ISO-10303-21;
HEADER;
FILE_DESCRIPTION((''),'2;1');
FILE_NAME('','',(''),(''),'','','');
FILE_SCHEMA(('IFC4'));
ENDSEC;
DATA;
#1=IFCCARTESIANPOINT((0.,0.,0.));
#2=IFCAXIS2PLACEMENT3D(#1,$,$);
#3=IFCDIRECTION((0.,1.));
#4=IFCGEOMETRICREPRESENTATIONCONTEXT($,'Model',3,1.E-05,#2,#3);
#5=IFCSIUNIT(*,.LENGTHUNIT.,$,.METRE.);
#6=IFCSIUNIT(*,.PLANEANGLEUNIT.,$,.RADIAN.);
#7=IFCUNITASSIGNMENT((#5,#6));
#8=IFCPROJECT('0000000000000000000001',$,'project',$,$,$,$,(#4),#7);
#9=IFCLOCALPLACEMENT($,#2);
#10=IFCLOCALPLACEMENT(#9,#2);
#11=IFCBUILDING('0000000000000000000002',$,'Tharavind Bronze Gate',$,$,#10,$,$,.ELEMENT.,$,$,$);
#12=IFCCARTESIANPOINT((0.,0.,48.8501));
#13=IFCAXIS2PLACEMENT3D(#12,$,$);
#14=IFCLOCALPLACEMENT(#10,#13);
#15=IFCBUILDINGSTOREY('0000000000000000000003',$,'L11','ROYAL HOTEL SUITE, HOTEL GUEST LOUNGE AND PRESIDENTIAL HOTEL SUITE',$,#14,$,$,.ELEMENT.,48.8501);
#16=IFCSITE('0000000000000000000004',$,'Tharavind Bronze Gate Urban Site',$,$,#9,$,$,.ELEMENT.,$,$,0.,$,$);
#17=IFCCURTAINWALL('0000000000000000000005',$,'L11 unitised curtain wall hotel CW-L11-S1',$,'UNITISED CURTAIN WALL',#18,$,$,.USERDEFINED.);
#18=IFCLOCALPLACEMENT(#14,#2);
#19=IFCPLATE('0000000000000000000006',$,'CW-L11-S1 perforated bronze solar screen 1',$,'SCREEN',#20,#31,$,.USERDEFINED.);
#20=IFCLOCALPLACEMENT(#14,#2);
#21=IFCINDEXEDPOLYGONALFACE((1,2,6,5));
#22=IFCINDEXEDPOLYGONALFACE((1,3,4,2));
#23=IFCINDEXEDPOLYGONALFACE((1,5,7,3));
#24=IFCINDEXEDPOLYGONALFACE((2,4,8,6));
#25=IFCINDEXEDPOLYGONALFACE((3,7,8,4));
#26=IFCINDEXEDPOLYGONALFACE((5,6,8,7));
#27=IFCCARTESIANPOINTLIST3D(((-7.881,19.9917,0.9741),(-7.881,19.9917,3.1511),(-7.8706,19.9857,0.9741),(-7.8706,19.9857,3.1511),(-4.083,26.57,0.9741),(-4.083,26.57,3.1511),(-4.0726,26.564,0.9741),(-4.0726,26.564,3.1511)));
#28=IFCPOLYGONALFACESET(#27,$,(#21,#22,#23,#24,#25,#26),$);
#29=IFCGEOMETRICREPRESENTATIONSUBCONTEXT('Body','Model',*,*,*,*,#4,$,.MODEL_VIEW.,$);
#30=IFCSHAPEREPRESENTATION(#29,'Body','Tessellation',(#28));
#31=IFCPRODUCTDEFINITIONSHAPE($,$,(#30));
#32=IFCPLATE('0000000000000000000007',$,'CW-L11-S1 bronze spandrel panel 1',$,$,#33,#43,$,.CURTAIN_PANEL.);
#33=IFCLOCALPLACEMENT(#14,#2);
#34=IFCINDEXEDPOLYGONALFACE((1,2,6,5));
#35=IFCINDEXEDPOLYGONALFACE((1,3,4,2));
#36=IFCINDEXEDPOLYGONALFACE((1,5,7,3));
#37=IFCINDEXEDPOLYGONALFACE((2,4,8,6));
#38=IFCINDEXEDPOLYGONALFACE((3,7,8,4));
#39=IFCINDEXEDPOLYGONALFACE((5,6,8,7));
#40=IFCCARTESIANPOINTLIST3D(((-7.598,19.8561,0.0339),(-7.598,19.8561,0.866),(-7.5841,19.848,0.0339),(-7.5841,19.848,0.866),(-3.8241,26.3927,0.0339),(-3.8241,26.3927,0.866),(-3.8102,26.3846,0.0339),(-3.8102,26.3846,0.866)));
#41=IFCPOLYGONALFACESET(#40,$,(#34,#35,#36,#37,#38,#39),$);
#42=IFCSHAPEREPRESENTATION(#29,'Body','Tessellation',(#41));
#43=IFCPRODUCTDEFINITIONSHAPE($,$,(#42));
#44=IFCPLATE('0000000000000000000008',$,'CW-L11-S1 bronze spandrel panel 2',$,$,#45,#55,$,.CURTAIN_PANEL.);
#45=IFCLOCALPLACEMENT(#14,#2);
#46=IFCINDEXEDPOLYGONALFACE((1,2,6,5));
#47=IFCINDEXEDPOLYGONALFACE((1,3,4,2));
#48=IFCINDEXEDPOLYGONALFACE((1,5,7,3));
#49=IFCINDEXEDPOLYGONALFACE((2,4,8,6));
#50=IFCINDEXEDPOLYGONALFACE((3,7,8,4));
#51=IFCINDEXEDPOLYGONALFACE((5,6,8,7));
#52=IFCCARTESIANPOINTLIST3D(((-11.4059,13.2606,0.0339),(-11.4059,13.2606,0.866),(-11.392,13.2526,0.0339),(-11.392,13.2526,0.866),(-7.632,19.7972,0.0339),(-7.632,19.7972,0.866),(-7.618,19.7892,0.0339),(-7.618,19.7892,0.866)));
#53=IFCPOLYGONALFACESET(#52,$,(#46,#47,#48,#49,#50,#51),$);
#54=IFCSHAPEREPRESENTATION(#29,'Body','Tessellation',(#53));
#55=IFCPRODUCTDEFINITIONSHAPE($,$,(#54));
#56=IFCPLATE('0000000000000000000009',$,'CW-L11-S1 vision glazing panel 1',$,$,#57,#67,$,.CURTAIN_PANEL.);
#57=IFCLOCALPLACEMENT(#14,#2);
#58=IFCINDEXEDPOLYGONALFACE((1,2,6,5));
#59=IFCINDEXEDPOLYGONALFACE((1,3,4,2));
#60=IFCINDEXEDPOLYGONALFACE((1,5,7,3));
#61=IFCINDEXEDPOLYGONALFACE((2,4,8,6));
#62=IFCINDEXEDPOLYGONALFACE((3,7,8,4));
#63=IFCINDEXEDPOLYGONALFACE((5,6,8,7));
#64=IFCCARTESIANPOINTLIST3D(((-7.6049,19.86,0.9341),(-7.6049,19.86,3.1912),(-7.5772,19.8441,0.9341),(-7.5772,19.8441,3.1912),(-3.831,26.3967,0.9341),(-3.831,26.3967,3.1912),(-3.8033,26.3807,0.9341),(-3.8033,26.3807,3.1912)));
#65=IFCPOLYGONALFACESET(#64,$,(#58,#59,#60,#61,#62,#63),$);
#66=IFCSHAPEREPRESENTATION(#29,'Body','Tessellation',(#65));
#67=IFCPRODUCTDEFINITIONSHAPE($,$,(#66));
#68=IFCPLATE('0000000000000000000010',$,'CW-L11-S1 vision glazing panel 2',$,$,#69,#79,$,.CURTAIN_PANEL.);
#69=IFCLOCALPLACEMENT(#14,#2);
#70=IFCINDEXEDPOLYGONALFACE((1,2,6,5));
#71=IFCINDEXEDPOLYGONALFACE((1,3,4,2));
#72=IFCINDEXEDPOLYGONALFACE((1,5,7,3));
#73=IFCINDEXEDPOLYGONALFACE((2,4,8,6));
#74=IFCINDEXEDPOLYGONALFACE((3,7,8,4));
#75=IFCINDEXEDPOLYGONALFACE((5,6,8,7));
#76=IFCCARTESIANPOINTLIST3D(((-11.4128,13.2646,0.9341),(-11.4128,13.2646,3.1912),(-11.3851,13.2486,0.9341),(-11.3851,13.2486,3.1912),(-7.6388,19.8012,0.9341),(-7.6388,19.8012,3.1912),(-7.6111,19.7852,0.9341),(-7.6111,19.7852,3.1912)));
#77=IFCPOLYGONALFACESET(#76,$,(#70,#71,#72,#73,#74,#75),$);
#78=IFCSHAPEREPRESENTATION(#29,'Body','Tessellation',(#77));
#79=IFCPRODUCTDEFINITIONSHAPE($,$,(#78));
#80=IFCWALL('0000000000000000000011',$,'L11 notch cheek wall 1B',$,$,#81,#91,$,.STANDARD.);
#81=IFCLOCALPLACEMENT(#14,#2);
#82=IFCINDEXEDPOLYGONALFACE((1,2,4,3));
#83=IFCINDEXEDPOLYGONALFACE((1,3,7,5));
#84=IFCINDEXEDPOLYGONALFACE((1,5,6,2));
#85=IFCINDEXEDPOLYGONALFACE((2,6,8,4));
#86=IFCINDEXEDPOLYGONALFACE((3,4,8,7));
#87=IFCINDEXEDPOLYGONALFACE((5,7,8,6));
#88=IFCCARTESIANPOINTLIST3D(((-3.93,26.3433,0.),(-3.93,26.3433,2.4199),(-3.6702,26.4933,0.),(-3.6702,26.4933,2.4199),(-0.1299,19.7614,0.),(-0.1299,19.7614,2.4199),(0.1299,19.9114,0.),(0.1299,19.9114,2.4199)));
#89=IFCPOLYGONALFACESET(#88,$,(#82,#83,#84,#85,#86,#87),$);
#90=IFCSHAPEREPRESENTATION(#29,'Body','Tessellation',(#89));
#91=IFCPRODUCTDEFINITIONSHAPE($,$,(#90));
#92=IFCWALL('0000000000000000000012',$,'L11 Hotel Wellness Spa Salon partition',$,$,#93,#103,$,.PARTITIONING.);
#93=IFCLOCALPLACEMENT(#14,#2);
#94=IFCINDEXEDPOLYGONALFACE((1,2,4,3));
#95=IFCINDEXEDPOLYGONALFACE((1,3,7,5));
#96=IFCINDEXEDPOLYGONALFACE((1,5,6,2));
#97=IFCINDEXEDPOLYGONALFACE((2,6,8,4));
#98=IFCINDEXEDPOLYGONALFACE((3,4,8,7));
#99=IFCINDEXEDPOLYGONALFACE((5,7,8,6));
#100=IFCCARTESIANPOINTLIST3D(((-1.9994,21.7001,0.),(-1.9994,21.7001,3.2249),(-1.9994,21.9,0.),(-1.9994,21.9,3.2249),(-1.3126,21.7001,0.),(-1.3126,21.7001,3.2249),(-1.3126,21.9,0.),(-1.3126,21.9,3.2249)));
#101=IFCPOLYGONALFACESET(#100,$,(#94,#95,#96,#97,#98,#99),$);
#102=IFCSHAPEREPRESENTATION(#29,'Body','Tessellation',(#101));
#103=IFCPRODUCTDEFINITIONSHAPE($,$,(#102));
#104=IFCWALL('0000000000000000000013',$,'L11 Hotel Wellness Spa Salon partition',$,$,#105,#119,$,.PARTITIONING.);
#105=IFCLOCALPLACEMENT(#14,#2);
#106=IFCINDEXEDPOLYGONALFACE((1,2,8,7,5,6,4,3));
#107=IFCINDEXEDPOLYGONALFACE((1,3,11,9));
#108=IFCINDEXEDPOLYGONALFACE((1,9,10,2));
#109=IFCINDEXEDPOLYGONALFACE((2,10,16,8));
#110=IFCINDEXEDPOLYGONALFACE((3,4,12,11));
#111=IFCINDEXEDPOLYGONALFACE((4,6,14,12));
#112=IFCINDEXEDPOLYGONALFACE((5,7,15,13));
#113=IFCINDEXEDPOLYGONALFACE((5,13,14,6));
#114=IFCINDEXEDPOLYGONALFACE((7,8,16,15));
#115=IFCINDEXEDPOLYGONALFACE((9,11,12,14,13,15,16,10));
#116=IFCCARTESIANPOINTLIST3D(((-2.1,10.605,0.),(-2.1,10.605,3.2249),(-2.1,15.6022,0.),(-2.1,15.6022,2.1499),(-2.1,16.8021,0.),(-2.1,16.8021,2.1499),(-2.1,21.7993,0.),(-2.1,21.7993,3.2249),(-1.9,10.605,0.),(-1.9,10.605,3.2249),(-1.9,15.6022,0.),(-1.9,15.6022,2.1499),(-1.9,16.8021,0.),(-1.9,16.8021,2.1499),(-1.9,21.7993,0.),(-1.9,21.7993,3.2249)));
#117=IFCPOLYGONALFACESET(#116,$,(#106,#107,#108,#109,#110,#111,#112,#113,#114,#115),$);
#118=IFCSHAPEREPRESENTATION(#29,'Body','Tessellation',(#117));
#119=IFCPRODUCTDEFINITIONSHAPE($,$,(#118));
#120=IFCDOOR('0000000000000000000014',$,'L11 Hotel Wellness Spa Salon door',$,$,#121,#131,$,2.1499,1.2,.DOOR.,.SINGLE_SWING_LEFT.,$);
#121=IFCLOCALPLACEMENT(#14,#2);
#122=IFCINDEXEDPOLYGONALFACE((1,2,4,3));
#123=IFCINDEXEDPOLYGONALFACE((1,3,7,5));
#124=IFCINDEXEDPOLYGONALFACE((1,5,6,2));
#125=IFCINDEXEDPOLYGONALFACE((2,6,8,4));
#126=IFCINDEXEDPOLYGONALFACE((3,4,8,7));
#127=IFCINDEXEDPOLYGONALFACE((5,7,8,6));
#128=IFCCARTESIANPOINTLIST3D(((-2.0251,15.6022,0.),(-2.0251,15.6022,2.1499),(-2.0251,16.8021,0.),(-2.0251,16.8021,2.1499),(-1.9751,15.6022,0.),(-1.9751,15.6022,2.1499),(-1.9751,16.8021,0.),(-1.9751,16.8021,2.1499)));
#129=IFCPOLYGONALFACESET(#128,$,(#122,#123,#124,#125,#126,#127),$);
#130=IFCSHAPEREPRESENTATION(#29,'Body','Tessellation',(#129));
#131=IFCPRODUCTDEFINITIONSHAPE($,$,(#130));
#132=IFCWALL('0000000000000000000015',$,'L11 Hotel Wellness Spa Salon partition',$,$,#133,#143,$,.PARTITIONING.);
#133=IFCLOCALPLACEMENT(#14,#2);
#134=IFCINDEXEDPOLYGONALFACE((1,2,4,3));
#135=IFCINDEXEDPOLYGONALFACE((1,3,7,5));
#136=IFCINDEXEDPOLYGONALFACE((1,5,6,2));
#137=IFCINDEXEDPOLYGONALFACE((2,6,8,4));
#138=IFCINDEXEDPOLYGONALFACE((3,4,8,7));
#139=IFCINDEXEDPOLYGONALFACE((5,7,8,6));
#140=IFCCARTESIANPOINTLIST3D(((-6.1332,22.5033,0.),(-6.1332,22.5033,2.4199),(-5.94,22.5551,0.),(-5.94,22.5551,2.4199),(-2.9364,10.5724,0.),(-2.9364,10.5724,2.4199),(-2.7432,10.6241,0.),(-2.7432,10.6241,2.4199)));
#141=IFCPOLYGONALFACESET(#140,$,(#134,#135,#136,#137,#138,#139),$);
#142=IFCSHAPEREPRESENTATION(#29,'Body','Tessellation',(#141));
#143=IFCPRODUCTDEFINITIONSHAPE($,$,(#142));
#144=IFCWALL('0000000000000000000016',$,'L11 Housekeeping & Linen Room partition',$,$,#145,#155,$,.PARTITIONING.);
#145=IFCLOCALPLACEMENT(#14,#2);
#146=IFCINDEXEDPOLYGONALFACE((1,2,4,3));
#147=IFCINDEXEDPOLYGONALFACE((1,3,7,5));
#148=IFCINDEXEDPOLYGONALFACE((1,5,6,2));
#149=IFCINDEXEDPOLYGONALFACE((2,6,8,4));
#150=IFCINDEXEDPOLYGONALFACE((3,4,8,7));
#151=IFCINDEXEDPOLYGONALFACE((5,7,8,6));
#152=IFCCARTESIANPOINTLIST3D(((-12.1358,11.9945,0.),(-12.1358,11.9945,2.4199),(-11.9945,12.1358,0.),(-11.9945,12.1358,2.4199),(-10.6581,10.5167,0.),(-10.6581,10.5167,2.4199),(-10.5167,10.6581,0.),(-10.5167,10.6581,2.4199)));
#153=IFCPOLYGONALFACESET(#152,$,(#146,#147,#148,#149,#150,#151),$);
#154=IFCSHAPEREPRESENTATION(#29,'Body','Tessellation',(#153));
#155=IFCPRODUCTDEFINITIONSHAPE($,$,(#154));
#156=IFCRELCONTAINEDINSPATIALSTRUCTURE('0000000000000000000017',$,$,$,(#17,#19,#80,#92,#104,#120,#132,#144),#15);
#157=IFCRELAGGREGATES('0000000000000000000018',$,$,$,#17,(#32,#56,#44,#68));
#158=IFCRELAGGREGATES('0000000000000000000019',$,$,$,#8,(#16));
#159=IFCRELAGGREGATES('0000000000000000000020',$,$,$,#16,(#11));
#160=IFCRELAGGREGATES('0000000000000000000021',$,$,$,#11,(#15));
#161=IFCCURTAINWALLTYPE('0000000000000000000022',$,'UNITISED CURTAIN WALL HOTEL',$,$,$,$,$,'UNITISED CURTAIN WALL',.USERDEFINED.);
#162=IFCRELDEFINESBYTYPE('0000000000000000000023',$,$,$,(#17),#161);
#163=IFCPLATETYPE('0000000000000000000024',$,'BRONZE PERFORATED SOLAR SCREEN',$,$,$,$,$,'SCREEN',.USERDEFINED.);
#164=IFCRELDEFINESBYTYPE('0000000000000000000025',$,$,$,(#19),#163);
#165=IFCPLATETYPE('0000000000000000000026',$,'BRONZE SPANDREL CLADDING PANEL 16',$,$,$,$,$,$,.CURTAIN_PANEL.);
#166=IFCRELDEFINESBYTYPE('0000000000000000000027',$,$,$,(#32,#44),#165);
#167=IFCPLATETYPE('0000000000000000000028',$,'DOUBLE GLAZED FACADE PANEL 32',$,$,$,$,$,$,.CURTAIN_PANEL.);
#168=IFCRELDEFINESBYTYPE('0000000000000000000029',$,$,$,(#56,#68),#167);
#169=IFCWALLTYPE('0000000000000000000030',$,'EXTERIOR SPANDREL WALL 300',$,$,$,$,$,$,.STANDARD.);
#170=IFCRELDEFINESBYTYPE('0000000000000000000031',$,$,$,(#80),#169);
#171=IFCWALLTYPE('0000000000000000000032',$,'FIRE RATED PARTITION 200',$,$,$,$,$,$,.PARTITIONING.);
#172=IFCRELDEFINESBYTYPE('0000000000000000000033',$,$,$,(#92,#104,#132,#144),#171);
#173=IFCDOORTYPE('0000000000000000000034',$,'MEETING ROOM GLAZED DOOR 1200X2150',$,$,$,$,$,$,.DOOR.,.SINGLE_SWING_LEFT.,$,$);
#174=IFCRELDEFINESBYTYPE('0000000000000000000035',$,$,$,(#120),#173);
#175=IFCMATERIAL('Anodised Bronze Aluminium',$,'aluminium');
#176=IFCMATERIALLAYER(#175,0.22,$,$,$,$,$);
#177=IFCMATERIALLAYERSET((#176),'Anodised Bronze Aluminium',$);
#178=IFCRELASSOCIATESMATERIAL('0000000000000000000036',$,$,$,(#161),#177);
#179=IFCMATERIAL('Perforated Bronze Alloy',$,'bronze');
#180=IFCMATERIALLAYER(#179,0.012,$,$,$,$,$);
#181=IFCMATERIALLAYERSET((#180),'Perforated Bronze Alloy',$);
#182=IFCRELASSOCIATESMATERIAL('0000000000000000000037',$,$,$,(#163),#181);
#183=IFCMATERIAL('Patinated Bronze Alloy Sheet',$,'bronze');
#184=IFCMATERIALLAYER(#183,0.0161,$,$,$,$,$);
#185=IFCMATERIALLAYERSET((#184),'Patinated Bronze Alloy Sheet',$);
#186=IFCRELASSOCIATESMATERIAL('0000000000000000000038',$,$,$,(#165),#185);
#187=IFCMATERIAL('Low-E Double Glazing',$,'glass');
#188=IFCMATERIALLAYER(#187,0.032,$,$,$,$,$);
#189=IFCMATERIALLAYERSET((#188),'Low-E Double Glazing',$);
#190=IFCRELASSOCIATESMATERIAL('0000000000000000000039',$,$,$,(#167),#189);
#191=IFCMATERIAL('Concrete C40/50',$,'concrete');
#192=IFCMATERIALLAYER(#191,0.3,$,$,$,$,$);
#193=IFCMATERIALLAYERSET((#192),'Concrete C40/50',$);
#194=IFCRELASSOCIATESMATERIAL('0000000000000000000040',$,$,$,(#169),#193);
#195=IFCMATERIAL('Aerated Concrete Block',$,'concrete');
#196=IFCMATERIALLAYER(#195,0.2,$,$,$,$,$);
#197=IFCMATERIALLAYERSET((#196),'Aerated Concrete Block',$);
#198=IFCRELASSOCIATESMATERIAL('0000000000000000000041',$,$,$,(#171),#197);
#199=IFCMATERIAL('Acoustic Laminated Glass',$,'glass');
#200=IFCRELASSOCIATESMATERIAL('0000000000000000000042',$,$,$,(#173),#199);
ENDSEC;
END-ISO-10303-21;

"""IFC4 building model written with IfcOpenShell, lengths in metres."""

from ifc_helpers import new_model, si_unit, direction, frame, frame_2d, origin, origin_2d, place, context, subcontext, project, spatial, rectangle, extrude, material, layer, layer_set, type_object, element, fill, aggregate, save


model = new_model("IFC4")

# Units and contexts
model_context = context("Model", 3, precision=1e-05, world=origin(), true_north=direction((0.0, 1.0)))
body_context = subcontext(model_context, "Body", "Model", "MODEL_VIEW")
ifc_project = project(units=[si_unit("LENGTHUNIT", "METRE"), si_unit("PLANEANGLEUNIT", "RADIAN")], contexts=[model_context])

# Site, building, storey
site_placement = place(None, origin())
site = spatial("IfcSite", under=ifc_project, at=site_placement, Name="Tharavind Bronze Gate Urban Site", CompositionType="ELEMENT", RefElevation=0.0)
building_placement = place(site_placement, origin())
building = spatial("IfcBuilding", under=site, at=building_placement, Name="Tharavind Bronze Gate", CompositionType="ELEMENT")
storey_placement = place(building_placement, frame((0.0, 0.0, 48.8501)))
storey = spatial("IfcBuildingStorey", under=building, at=storey_placement, Name="L11", Description="ROYAL HOTEL SUITE, HOTEL GUEST LOUNGE AND PRESIDENTIAL HOTEL SUITE", CompositionType="ELEMENT", Elevation=48.8501)

# Curtain wall
ifc_material_1 = material(Name="Anodised Bronze Aluminium", Category="aluminium")
ifc_layer_1 = layer(ifc_material_1, 0.22)
ifc_layer_set_1 = layer_set([ifc_layer_1], Name="Anodised Bronze Aluminium")
curtain_wall_type = type_object("IfcCurtainWallType", Name="UNITISED CURTAIN WALL HOTEL", ElementType="UNITISED CURTAIN WALL", PredefinedType="USERDEFINED", material=ifc_layer_set_1)
curtain_wall_placement = place(storey_placement, origin())
curtain_wall = element("IfcCurtainWall", 1, at=curtain_wall_placement, inside=storey, type_object=curtain_wall_type, Name="L11 unitised curtain wall hotel CW-L11-S1", ObjectType="UNITISED CURTAIN WALL", PredefinedType="USERDEFINED")

# Plates
ifc_material_2 = material(Name="Perforated Bronze Alloy", Category="bronze")
ifc_layer_2 = layer(ifc_material_2, 0.012)
ifc_layer_set_2 = layer_set([ifc_layer_2], Name="Perforated Bronze Alloy")
plate_type_1 = type_object("IfcPlateType", Name="BRONZE PERFORATED SOLAR SCREEN", ElementType="SCREEN", PredefinedType="USERDEFINED", material=ifc_layer_set_2)
plate_1_placement = place(storey_placement, frame((-5.9768, 23.2778, 0.9741), z_axis=(0.0, 0.0, 1.0), x_axis=(-0.500002, -0.866025, 0.0)))
element("IfcPlate", 2, at=plate_1_placement, inside=storey, type_object=plate_type_1, Name="CW-L11-S1 perforated bronze solar screen 1", ObjectType="SCREEN", PredefinedType="USERDEFINED", context=body_context, shape_type="SweptSolid", body=[
    extrude(rectangle(XDim=7.5959, YDim=0.012, at=origin_2d()), origin(), (0.0, 0.0, 1.0), 2.177),
])
ifc_material_3 = material(Name="Patinated Bronze Alloy Sheet", Category="bronze")
ifc_layer_3 = layer(ifc_material_3, 0.0161)
ifc_layer_set_3 = layer_set([ifc_layer_3], Name="Patinated Bronze Alloy Sheet")
plate_type_2 = type_object("IfcPlateType", Name="BRONZE SPANDREL CLADDING PANEL 16", PredefinedType="CURTAIN_PANEL", material=ifc_layer_set_3)
plate_2_placement = place(storey_placement, frame((-5.7041, 23.1204, 0.0339), z_axis=(0.0, 0.0, 1.0), x_axis=(-0.500002, -0.866025, 0.0)))
plate_2 = element("IfcPlate", 3, at=plate_2_placement, type_object=plate_type_2, Name="CW-L11-S1 bronze spandrel panel 1", PredefinedType="CURTAIN_PANEL", context=body_context, shape_type="SweptSolid", body=[
    extrude(rectangle(XDim=7.5479, YDim=0.0161, at=origin_2d()), origin(), (0.0, 0.0, 1.0), 0.832),
])
plate_3_placement = place(storey_placement, frame((-9.512, 16.5249, 0.0339), z_axis=(0.0, 0.0, 1.0), x_axis=(-0.500002, -0.866025, 0.0)))
plate_3 = element("IfcPlate", 4, at=plate_3_placement, type_object=plate_type_2, Name="CW-L11-S1 bronze spandrel panel 2", PredefinedType="CURTAIN_PANEL", context=body_context, shape_type="SweptSolid", body=[
    extrude(rectangle(XDim=7.5479, YDim=0.0161, at=origin_2d()), origin(), (0.0, 0.0, 1.0), 0.832),
])
ifc_material_4 = material(Name="Low-E Double Glazing", Category="glass")
ifc_layer_4 = layer(ifc_material_4, 0.032)
ifc_layer_set_4 = layer_set([ifc_layer_4], Name="Low-E Double Glazing")
plate_type_3 = type_object("IfcPlateType", Name="DOUBLE GLAZED FACADE PANEL 32", PredefinedType="CURTAIN_PANEL", material=ifc_layer_set_4)
plate_4_placement = place(storey_placement, frame((-5.7041, 23.1204, 0.9341), z_axis=(0.0, 0.0, 1.0), x_axis=(-0.500002, -0.866025, 0.0)))
plate_4 = element("IfcPlate", 5, at=plate_4_placement, type_object=plate_type_3, Name="CW-L11-S1 vision glazing panel 1", PredefinedType="CURTAIN_PANEL", context=body_context, shape_type="SweptSolid", body=[
    extrude(rectangle(XDim=7.5479, YDim=0.032, at=origin_2d()), origin(), (0.0, 0.0, 1.0), 2.2571),
])
plate_5_placement = place(storey_placement, frame((-9.512, 16.5249, 0.9341), z_axis=(0.0, 0.0, 1.0), x_axis=(-0.500002, -0.866025, 0.0)))
plate_5 = element("IfcPlate", 6, at=plate_5_placement, type_object=plate_type_3, Name="CW-L11-S1 vision glazing panel 2", PredefinedType="CURTAIN_PANEL", context=body_context, shape_type="SweptSolid", body=[
    extrude(rectangle(XDim=7.5479, YDim=0.032, at=origin_2d()), origin(), (0.0, 0.0, 1.0), 2.2571),
])
aggregate(curtain_wall, [plate_2, plate_4, plate_3, plate_5])

# Walls
ifc_material_5 = material(Name="Concrete C40/50", Category="concrete")
ifc_layer_5 = layer(ifc_material_5, 0.3)
ifc_layer_set_5 = layer_set([ifc_layer_5], Name="Concrete C40/50")
wall_type_1 = type_object("IfcWallType", Name="EXTERIOR SPANDREL WALL 300", PredefinedType="STANDARD", material=ifc_layer_set_5)
wall_1_placement = place(storey_placement, frame((0.0, 19.8364, 0.0), z_axis=(0.0, 0.0, 1.0), x_axis=(-0.500005, 0.866022, 0.0)))
element("IfcWall", 7, at=wall_1_placement, inside=storey, type_object=wall_type_1, Name="L11 notch cheek wall 1B", PredefinedType="STANDARD", context=body_context, shape_type="SweptSolid", body=[
    extrude(rectangle(XDim=7.6001, YDim=0.3, at=frame_2d((3.8, 0.0))), origin(), (0.0, 0.0, 1.0), 2.4199),
])
ifc_material_6 = material(Name="Aerated Concrete Block", Category="concrete")
ifc_layer_6 = layer(ifc_material_6, 0.2)
ifc_layer_set_6 = layer_set([ifc_layer_6], Name="Aerated Concrete Block")
wall_type_2 = type_object("IfcWallType", Name="FIRE RATED PARTITION 200", PredefinedType="PARTITIONING", material=ifc_layer_set_6)
wall_2_placement = place(storey_placement, frame((-1.3127, 21.8, 0.0), z_axis=(0.0, 0.0, 1.0), x_axis=(-1.0, 0.0, 0.0)))
element("IfcWall", 8, at=wall_2_placement, inside=storey, type_object=wall_type_2, Name="L11 Hotel Wellness Spa Salon partition", PredefinedType="PARTITIONING", context=body_context, shape_type="SweptSolid", body=[
    extrude(rectangle(XDim=0.6868, YDim=0.2, at=frame_2d((0.3433, 0.0))), origin(), (0.0, 0.0, 1.0), 3.2249),
])

# Wall, opening, door
wall_3_placement = place(storey_placement, frame((-2.0, 21.7993, 0.0), z_axis=(0.0, 0.0, 1.0), x_axis=(0.0, -1.0, 0.0)))
wall_3 = element("IfcWall", 9, at=wall_3_placement, inside=storey, type_object=wall_type_2, Name="L11 Hotel Wellness Spa Salon partition", PredefinedType="PARTITIONING", context=body_context, shape_type="SweptSolid", body=[
    extrude(rectangle(XDim=11.1943, YDim=0.2, at=frame_2d((5.5972, 0.0))), origin(), (0.0, 0.0, 1.0), 3.2249),
])
opening_placement = place(wall_3_placement, frame((4.9971, 0.0, 0.0)))
opening = element("IfcOpeningElement", 10, at=opening_placement, cuts=wall_3, PredefinedType="OPENING", context=body_context, shape_type="SweptSolid", body=[
    extrude(rectangle(XDim=1.2, YDim=2.1499, at=frame_2d((0.6001, 1.075))), frame((0.0, 0.1101, 0.0), z_axis=(0.0, -1.0, 0.0), x_axis=(1.0, 0.0, 0.0)), (0.0, 0.0, 1.0), 0.22),
])
ifc_material_7 = material(Name="Acoustic Laminated Glass", Category="glass")
door_type = type_object("IfcDoorType", Name="MEETING ROOM GLAZED DOOR 1200X2150", OperationType="SINGLE_SWING_LEFT", PredefinedType="DOOR", material=ifc_material_7)
door_placement = place(opening_placement, origin())
door = element("IfcDoor", 11, at=door_placement, inside=storey, type_object=door_type, Name="L11 Hotel Wellness Spa Salon door", OperationType="SINGLE_SWING_LEFT", OverallHeight=2.1499, OverallWidth=1.2, PredefinedType="DOOR", context=body_context, shape_type="SweptSolid", body=[
    extrude(rectangle(XDim=1.2, YDim=2.1499, at=frame_2d((0.6001, 1.075))), frame((0.0, 0.0249, 0.0), z_axis=(0.0, -1.0, 0.0), x_axis=(1.0, 0.0, 0.0)), (0.0, 0.0, 1.0), 0.05),
])
fill(opening, door)

# Walls
wall_4_placement = place(storey_placement, frame((-2.8398, 10.5984, 0.0), z_axis=(0.0, 0.0, 1.0), x_axis=(-0.258812, 0.965928, 0.0)))
element("IfcWall", 12, at=wall_4_placement, inside=storey, type_object=wall_type_2, Name="L11 Hotel Wellness Spa Salon partition", PredefinedType="PARTITIONING", context=body_context, shape_type="SweptSolid", body=[
    extrude(rectangle(XDim=12.3518, YDim=0.2, at=frame_2d((6.1758, 0.0))), origin(), (0.0, 0.0, 1.0), 2.4199),
])
wall_5_placement = place(storey_placement, frame((-10.5874, 10.5874, 0.0), z_axis=(0.0, 0.0, 1.0), x_axis=(-0.707107, 0.707107, 0.0)))
element("IfcWall", 13, at=wall_5_placement, inside=storey, type_object=wall_type_2, Name="L11 Housekeeping & Linen Room partition", PredefinedType="PARTITIONING", context=body_context, shape_type="SweptSolid", body=[
    extrude(rectangle(XDim=2.0898, YDim=0.2, at=frame_2d((1.0449, 0.0))), origin(), (0.0, 0.0, 1.0), 2.4199),
])

save(model, "model.ifc")
